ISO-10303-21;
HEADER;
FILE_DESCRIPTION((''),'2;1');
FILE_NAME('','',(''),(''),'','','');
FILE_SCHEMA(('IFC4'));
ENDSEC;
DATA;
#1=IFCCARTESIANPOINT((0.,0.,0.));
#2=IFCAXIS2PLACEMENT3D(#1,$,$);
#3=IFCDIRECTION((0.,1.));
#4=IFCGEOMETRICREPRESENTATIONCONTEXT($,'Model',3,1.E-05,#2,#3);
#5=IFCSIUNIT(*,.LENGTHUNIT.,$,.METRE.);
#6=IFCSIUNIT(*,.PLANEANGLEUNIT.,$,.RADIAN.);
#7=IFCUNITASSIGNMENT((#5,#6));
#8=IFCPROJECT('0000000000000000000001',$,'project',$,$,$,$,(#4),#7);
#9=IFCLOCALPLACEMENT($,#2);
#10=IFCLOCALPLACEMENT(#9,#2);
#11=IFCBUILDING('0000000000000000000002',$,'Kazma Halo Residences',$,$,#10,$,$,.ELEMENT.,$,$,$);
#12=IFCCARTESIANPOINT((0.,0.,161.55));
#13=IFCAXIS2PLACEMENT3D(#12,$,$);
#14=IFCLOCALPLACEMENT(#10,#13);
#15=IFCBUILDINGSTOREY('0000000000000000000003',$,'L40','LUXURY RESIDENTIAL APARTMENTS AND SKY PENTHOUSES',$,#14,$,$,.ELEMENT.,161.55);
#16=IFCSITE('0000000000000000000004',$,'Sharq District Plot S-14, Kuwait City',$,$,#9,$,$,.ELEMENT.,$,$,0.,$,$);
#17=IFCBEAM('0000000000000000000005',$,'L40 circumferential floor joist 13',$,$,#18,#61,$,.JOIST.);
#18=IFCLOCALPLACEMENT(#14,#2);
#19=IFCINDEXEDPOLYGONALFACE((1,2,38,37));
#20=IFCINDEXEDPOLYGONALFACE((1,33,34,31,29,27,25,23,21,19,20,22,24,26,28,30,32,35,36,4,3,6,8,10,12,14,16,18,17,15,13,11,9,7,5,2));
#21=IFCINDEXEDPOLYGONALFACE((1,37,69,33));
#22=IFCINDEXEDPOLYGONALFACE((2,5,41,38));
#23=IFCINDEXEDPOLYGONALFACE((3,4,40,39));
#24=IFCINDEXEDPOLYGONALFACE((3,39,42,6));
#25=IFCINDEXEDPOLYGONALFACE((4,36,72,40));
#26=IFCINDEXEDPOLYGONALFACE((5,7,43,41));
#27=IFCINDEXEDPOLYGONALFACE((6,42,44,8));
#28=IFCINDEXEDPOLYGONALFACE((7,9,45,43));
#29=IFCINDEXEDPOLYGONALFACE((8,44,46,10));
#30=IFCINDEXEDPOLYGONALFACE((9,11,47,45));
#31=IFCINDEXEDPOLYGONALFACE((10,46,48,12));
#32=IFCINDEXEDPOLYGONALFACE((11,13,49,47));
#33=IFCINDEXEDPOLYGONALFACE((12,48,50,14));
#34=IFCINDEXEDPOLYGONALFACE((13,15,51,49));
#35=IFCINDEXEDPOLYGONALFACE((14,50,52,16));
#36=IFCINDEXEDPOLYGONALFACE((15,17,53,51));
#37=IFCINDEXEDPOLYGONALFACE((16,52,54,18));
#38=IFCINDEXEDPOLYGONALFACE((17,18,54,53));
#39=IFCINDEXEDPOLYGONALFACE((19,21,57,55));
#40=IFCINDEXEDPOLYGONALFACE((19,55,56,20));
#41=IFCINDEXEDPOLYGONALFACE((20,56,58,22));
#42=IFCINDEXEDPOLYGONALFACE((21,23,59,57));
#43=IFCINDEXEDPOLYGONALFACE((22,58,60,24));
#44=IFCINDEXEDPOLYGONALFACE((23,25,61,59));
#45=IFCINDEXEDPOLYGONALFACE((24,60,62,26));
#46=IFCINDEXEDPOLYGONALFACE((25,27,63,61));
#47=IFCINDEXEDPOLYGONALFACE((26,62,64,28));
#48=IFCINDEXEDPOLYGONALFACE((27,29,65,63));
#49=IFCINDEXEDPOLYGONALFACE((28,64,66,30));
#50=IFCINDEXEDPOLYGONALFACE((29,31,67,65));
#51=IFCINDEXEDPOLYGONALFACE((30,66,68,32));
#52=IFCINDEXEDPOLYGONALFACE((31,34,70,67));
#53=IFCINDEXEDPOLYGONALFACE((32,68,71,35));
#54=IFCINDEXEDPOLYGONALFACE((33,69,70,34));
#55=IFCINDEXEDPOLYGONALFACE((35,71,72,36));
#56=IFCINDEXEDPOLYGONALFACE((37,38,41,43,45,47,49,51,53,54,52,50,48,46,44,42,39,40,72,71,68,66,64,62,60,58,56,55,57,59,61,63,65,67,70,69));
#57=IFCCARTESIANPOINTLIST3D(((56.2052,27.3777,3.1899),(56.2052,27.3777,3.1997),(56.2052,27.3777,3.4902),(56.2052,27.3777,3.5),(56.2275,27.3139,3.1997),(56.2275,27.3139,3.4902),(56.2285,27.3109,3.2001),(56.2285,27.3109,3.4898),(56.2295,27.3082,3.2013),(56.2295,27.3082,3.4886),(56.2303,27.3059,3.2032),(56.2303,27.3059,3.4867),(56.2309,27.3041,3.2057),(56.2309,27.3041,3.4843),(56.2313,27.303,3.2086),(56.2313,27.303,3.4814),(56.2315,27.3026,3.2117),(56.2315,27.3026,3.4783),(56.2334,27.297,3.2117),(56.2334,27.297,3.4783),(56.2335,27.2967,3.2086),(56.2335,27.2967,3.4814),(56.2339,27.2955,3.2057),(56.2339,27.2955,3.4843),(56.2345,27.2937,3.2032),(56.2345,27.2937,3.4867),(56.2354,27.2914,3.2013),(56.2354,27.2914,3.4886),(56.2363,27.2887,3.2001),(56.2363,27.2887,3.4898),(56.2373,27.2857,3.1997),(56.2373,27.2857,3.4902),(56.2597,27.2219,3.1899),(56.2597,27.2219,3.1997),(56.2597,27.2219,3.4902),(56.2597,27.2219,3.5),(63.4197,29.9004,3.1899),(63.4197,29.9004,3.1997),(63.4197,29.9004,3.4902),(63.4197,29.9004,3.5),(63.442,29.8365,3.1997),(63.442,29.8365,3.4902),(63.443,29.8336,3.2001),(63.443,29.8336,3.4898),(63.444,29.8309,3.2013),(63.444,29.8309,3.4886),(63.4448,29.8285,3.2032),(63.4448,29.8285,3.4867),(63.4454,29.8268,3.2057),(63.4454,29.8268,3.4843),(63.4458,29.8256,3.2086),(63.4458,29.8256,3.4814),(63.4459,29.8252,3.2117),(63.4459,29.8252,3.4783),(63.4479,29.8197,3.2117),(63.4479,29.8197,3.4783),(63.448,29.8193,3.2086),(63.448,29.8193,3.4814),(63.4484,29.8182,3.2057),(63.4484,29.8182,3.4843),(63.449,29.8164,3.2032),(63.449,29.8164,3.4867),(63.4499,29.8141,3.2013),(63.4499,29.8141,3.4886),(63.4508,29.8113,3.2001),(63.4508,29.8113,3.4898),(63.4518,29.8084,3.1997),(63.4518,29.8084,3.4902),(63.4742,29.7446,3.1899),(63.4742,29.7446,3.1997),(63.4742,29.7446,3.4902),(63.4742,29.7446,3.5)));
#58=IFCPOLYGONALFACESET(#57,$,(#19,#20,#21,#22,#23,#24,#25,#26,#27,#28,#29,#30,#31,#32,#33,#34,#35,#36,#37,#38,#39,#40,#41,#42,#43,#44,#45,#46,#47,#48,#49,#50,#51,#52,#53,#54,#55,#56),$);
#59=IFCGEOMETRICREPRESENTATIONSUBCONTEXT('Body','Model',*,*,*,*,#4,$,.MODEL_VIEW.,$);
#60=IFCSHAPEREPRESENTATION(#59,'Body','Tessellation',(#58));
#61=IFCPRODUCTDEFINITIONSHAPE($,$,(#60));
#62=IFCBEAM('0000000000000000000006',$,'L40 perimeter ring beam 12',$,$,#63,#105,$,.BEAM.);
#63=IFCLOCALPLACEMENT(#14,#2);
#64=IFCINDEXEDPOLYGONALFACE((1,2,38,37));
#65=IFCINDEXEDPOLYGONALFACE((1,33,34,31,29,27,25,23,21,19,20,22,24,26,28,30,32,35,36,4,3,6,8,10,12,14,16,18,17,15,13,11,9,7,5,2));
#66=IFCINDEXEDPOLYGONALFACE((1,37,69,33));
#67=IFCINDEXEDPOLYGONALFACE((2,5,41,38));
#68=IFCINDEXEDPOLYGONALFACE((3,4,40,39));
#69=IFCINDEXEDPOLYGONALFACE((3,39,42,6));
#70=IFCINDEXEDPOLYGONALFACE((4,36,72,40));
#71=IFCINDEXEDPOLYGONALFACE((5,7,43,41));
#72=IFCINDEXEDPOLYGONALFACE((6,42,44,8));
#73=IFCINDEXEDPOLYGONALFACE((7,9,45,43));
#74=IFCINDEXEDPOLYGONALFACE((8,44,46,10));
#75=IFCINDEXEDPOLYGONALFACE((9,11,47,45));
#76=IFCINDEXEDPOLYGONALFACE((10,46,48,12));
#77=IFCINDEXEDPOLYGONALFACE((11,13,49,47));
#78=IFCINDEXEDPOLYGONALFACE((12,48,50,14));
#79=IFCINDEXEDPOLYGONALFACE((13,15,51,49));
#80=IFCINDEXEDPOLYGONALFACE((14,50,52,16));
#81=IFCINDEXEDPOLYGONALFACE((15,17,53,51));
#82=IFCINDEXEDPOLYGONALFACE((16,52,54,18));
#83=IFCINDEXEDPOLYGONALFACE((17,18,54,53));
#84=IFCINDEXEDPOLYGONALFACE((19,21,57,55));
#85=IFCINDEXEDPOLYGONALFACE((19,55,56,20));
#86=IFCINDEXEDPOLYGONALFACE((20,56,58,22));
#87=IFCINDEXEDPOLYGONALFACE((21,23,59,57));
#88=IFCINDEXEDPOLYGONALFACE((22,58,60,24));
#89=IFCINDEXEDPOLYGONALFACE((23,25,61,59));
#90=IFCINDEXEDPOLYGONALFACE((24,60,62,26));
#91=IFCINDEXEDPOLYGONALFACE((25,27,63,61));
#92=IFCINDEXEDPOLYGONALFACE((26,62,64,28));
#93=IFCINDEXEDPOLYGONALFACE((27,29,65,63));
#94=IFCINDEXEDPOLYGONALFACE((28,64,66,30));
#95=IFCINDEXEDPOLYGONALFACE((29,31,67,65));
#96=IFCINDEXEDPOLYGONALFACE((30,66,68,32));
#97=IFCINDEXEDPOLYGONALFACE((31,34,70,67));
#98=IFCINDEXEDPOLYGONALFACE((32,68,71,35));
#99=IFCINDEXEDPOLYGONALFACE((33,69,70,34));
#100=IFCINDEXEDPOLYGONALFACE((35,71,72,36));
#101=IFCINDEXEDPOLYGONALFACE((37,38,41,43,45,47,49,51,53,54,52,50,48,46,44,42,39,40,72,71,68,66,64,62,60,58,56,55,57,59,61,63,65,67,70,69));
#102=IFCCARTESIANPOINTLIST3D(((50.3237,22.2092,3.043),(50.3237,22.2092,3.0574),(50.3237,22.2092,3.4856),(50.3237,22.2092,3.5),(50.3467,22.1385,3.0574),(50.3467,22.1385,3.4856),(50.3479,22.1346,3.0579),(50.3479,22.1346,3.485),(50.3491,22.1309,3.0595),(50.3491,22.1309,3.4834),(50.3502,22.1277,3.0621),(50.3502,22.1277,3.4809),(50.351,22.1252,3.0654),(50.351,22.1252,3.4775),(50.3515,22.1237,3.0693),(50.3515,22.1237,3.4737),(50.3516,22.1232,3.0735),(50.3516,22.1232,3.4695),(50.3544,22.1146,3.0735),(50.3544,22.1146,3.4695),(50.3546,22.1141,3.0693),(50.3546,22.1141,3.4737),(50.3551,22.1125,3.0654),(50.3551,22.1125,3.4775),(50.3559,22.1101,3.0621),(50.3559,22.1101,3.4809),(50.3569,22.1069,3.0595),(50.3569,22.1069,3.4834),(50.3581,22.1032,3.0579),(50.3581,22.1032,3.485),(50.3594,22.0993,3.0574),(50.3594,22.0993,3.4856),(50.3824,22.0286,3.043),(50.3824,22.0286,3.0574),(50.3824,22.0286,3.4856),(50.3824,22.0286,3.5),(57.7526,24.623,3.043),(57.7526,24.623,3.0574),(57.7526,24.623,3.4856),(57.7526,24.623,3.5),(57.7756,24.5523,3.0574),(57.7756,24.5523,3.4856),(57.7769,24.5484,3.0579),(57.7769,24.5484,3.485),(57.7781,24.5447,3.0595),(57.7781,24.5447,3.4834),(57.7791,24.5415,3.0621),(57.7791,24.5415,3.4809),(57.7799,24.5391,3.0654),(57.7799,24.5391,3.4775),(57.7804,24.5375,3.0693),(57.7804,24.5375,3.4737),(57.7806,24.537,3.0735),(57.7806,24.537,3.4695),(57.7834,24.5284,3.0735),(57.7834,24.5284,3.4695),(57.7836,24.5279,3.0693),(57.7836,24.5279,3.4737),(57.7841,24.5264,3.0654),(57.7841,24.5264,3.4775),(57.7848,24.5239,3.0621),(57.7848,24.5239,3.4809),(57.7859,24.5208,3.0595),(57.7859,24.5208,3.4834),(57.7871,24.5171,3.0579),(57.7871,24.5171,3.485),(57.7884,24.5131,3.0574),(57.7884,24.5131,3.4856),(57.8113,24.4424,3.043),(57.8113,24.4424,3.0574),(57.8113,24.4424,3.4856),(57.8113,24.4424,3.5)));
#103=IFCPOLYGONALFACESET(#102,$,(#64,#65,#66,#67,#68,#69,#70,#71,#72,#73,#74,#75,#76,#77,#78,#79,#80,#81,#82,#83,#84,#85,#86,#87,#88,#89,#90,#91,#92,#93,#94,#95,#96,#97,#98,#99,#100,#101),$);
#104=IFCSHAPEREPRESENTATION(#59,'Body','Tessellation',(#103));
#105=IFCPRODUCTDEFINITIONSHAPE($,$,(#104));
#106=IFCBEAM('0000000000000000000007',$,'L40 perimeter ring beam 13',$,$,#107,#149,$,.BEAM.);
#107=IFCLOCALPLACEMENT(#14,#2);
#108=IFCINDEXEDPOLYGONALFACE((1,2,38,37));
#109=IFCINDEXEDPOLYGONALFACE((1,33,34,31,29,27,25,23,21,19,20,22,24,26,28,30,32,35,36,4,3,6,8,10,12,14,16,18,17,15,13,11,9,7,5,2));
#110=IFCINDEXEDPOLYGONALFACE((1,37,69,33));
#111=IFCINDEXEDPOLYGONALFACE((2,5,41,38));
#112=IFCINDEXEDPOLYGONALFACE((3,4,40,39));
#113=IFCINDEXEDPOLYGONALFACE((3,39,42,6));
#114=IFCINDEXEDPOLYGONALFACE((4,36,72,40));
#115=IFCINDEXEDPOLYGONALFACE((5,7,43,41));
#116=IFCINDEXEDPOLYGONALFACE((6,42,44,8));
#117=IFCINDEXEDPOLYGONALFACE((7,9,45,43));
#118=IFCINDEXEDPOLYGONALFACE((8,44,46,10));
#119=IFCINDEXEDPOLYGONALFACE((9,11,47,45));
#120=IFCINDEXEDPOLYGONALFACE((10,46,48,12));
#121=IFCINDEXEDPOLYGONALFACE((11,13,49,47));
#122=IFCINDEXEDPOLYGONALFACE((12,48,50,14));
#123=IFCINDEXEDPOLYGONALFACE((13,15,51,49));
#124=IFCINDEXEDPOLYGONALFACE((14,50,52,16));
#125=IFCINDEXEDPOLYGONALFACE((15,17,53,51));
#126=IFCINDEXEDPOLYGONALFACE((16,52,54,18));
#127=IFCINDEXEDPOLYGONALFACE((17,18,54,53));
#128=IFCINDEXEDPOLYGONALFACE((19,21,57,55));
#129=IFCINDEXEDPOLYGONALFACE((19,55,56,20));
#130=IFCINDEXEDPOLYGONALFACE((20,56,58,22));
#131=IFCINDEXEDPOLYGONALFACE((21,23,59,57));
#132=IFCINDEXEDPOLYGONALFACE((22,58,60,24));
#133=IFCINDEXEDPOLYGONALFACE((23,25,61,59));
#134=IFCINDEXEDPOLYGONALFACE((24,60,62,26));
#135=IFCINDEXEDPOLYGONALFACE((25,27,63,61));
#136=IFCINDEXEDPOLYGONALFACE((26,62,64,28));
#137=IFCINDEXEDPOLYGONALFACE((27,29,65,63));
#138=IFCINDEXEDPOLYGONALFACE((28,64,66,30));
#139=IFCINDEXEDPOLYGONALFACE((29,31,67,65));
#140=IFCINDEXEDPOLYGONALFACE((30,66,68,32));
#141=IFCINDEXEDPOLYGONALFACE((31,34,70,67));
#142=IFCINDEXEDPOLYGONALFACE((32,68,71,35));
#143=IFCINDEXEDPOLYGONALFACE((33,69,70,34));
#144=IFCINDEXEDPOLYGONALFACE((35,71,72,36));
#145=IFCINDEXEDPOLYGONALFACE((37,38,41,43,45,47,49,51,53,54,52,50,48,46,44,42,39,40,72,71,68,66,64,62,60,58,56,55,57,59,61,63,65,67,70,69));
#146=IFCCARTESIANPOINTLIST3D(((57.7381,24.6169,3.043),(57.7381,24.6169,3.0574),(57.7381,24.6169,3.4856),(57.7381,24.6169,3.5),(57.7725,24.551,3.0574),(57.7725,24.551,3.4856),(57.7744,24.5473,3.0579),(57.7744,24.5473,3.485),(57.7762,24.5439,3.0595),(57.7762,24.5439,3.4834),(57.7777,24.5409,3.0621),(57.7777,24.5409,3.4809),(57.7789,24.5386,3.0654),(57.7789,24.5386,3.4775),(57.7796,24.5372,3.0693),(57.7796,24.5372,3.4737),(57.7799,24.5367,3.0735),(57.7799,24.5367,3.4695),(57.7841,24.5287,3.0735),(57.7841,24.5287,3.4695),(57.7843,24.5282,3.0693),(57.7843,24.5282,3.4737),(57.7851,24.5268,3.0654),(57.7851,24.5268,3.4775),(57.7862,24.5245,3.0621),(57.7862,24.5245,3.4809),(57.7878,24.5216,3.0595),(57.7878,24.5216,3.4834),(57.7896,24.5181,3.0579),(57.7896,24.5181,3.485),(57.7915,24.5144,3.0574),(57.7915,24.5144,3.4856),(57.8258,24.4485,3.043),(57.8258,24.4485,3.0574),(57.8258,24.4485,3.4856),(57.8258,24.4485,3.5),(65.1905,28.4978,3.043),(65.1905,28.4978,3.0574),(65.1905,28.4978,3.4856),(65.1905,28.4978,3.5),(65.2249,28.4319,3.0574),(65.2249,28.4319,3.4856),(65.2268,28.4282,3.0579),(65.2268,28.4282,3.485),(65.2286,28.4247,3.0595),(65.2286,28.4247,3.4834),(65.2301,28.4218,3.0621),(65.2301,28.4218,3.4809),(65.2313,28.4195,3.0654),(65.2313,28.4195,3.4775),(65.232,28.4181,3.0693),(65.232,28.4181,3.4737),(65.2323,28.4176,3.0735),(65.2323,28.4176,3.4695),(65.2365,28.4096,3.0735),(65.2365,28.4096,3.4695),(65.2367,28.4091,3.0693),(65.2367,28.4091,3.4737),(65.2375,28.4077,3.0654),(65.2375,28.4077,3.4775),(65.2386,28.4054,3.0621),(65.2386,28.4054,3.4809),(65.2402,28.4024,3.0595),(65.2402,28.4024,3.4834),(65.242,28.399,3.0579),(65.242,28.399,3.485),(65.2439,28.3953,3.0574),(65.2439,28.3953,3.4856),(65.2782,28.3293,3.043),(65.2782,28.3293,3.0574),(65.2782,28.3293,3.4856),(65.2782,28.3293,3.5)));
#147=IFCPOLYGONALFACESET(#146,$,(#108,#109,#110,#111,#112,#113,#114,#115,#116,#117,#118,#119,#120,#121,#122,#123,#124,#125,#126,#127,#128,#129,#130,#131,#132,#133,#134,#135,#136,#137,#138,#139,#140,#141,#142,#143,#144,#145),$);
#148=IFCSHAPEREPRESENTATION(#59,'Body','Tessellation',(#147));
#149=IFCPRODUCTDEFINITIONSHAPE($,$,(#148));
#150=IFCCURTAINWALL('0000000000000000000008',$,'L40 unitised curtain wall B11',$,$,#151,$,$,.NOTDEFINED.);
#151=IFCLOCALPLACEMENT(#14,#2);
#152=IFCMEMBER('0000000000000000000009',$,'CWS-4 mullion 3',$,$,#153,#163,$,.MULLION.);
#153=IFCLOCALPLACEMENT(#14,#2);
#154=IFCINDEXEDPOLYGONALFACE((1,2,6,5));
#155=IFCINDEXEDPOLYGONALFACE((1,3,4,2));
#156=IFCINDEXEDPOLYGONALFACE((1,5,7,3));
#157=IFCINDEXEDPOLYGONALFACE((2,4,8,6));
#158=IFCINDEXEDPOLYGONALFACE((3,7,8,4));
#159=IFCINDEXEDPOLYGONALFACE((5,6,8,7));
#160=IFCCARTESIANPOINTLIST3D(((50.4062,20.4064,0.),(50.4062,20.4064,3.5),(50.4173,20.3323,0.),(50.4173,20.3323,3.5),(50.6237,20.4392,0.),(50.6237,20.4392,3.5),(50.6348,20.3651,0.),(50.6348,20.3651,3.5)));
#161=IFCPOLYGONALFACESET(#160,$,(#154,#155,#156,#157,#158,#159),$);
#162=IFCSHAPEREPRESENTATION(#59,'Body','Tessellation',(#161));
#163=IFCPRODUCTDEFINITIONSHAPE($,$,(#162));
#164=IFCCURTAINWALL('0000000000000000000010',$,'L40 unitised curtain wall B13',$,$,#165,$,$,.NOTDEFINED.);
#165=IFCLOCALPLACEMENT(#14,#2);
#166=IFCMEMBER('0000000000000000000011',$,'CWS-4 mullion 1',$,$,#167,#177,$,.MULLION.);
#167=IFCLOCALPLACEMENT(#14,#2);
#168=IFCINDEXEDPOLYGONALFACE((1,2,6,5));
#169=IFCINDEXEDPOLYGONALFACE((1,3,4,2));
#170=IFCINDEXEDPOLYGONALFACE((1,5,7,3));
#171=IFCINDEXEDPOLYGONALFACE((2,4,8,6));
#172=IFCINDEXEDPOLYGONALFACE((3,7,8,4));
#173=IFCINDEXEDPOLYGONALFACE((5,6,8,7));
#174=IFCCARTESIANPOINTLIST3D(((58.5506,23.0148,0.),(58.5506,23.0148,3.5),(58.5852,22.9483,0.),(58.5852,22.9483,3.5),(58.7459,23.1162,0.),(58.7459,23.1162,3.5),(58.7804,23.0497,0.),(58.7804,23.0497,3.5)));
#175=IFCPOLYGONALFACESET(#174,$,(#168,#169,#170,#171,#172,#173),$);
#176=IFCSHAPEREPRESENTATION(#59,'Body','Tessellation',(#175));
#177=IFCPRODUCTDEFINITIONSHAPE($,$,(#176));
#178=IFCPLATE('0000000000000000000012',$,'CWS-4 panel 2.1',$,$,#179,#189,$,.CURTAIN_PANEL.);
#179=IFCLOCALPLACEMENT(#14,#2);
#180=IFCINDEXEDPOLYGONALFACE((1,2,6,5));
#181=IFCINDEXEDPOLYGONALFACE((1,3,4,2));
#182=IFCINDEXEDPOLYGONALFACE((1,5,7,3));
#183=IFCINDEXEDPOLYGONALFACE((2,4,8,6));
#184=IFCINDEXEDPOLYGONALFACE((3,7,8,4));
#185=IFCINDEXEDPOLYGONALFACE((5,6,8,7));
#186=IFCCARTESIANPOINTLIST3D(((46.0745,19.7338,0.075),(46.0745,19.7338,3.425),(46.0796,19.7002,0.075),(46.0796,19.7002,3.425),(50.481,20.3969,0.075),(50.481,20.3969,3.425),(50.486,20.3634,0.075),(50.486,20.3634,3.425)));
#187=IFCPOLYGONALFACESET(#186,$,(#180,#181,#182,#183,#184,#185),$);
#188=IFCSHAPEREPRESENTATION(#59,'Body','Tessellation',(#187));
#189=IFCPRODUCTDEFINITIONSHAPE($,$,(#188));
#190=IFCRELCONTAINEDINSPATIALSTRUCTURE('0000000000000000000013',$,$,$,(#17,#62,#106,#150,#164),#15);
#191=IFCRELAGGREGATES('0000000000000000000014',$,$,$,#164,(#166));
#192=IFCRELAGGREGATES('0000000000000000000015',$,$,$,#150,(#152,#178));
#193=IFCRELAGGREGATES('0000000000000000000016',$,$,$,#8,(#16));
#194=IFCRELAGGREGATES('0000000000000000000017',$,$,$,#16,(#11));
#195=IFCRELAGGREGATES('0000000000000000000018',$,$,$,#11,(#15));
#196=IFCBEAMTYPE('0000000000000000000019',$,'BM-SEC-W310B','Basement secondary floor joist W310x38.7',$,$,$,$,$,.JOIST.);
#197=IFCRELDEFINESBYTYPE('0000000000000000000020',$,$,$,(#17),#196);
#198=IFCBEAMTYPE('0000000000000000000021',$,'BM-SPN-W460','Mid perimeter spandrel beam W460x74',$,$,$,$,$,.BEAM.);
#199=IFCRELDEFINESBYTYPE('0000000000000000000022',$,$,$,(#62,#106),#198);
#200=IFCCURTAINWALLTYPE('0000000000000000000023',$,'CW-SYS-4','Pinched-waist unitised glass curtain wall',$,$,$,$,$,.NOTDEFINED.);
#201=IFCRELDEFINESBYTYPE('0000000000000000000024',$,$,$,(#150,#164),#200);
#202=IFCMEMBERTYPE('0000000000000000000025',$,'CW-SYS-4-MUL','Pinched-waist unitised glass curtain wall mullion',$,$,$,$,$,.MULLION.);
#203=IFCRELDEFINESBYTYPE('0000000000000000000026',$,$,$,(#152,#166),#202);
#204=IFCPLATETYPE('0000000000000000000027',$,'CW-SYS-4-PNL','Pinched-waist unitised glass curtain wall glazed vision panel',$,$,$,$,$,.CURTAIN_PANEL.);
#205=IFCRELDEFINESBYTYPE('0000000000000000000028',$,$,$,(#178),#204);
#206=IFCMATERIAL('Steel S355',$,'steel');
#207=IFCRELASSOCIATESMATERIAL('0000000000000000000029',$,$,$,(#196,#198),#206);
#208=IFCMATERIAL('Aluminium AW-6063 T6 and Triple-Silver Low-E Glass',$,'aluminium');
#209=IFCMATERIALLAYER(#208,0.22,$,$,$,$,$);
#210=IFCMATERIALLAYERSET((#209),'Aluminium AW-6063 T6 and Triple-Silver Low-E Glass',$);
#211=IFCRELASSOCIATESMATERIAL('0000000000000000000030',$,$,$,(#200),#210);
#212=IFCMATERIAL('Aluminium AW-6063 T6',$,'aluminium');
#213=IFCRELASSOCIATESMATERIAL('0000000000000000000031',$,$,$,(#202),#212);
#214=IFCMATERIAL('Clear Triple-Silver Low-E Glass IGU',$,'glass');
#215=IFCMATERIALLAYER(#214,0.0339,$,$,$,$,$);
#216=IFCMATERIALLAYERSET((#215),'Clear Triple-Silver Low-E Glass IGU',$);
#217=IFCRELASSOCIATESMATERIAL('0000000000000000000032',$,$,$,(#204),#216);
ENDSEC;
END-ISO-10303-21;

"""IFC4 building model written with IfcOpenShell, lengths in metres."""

from ifc_helpers import new_model, si_unit, direction, frame, origin, origin_2d, place, context, subcontext, project, spatial, rectangle, i_section, extrude, material, layer, layer_set, material_profile, profile_set, type_object, element, aggregate, save


model = new_model("IFC4")

# Units and contexts
model_context = context("Model", 3, precision=1e-05, world=origin(), true_north=direction((0.0, 1.0)))
body_context = subcontext(model_context, "Body", "Model", "MODEL_VIEW")
ifc_project = project(units=[si_unit("LENGTHUNIT", "METRE"), si_unit("PLANEANGLEUNIT", "RADIAN")], contexts=[model_context])

# Site, building, storey
site_placement = place(None, origin())
site = spatial("IfcSite", under=ifc_project, at=site_placement, Name="Sharq District Plot S-14, Kuwait City", CompositionType="ELEMENT", RefElevation=0.0)
building_placement = place(site_placement, origin())
building = spatial("IfcBuilding", under=site, at=building_placement, Name="Kazma Halo Residences", CompositionType="ELEMENT")
storey_placement = place(building_placement, frame((0.0, 0.0, 161.55)))
storey = spatial("IfcBuildingStorey", under=building, at=storey_placement, Name="L40", Description="LUXURY RESIDENTIAL APARTMENTS AND SKY PENTHOUSES", CompositionType="ELEMENT", Elevation=161.55)

# Beams
ifc_material_1 = material(Name="Steel S355", Category="steel")
ifc_material_profile_1 = material_profile(ifc_material_1, i_section(OverallWidth=0.165, OverallDepth=0.3101, WebThickness=0.0059, FlangeThickness=0.0098, FilletRadius=0.012, at=origin_2d()), Name="W310x38.7")
ifc_profile_set_1 = profile_set([ifc_material_profile_1], Name="Steel S355")
beam_type_1 = type_object("IfcBeamType", Name="BM-SEC-W310B", Description="Basement secondary floor joist W310x38.7", PredefinedType="JOIST", material=ifc_profile_set_1)
beam_1_placement = place(storey_placement, frame((56.2324, 27.2998, 3.345), z_axis=(0.943956, 0.33007, 0.0), x_axis=(-0.33007, 0.943956, 0.0)))
element("IfcBeam", 1, at=beam_1_placement, inside=storey, type_object=beam_type_1, Name="L40 circumferential floor joist 13", PredefinedType="JOIST", context=body_context, shape_type="SweptSolid", body=[
    extrude(i_section(OverallWidth=0.165, OverallDepth=0.3101, WebThickness=0.0059, FlangeThickness=0.0098, FilletRadius=0.012, at=origin_2d()), origin(), (0.0, 0.0, 1.0), 7.6428),
])
ifc_material_profile_2 = material_profile(ifc_material_1, i_section(OverallWidth=0.1899, OverallDepth=0.457, WebThickness=0.009, FlangeThickness=0.0144, FilletRadius=0.0161, at=origin_2d()), Name="W460x74")
ifc_profile_set_2 = profile_set([ifc_material_profile_2], Name="Steel S355")
beam_type_2 = type_object("IfcBeamType", Name="BM-SPN-W460", Description="Mid perimeter spandrel beam W460x74", PredefinedType="BEAM", material=ifc_profile_set_2)
beam_2_placement = place(storey_placement, frame((50.353, 22.1189, 3.2715), z_axis=(0.951056, 0.309018, 0.0), x_axis=(-0.309018, 0.951056, 0.0)))
element("IfcBeam", 2, at=beam_2_placement, inside=storey, type_object=beam_type_2, Name="L40 perimeter ring beam 12", PredefinedType="BEAM", context=body_context, shape_type="SweptSolid", body=[
    extrude(i_section(OverallWidth=0.1899, OverallDepth=0.457, WebThickness=0.009, FlangeThickness=0.0144, FilletRadius=0.0161, at=origin_2d()), origin(), (0.0, 0.0, 1.0), 7.8113),
])
beam_3_placement = place(storey_placement, frame((57.782, 24.5327, 3.2715), z_axis=(0.886943, 0.461879, 0.0), x_axis=(-0.461879, 0.886943, 0.0)))
element("IfcBeam", 3, at=beam_3_placement, inside=storey, type_object=beam_type_2, Name="L40 perimeter ring beam 13", PredefinedType="BEAM", context=body_context, shape_type="SweptSolid", body=[
    extrude(i_section(OverallWidth=0.1899, OverallDepth=0.457, WebThickness=0.009, FlangeThickness=0.0144, FilletRadius=0.0161, at=origin_2d()), origin(), (0.0, 0.0, 1.0), 8.4023),
])

# Curtain walls, members
ifc_material_2 = material(Name="Aluminium AW-6063 T6 and Triple-Silver Low-E Glass", Category="aluminium")
ifc_layer_1 = layer(ifc_material_2, 0.22)
ifc_layer_set_1 = layer_set([ifc_layer_1], Name="Aluminium AW-6063 T6 and Triple-Silver Low-E Glass")
curtain_wall_type = type_object("IfcCurtainWallType", Name="CW-SYS-4", Description="Pinched-waist unitised glass curtain wall", PredefinedType="NOTDEFINED", material=ifc_layer_set_1)
curtain_wall_1_placement = place(storey_placement, origin())
curtain_wall_1 = element("IfcCurtainWall", 4, at=curtain_wall_1_placement, inside=storey, type_object=curtain_wall_type, Name="L40 unitised curtain wall B11", PredefinedType="NOTDEFINED")
ifc_material_3 = material(Name="Aluminium AW-6063 T6", Category="aluminium")
ifc_material_profile_3 = material_profile(ifc_material_3, rectangle(XDim=0.075, YDim=0.22, at=origin_2d()), Name="CWM-75x220")
ifc_profile_set_3 = profile_set([ifc_material_profile_3], Name="Aluminium AW-6063 T6")
member_type = type_object("IfcMemberType", Name="CW-SYS-4-MUL", Description="Pinched-waist unitised glass curtain wall mullion", PredefinedType="MULLION", material=ifc_profile_set_3)
member_1_placement = place(storey_placement, frame((50.5205, 20.3857, 0.0), z_axis=(0.0, 0.0, 1.0), x_axis=(-0.148821, 0.988864, 0.0)))
member_1 = element("IfcMember", 5, at=member_1_placement, type_object=member_type, Name="CWS-4 mullion 3", PredefinedType="MULLION", context=body_context, shape_type="SweptSolid", body=[
    extrude(rectangle(XDim=0.075, YDim=0.22, at=origin_2d()), origin(), (0.0, 0.0, 1.0), 3.5),
])
curtain_wall_2_placement = place(storey_placement, origin())
curtain_wall_2 = element("IfcCurtainWall", 6, at=curtain_wall_2_placement, inside=storey, type_object=curtain_wall_type, Name="L40 unitised curtain wall B13", PredefinedType="NOTDEFINED")
member_2_placement = place(storey_placement, frame((58.6655, 23.0322, 0.0), z_axis=(0.0, 0.0, 1.0), x_axis=(-0.460837, 0.887485, 0.0)))
member_2 = element("IfcMember", 7, at=member_2_placement, type_object=member_type, Name="CWS-4 mullion 1", PredefinedType="MULLION", context=body_context, shape_type="SweptSolid", body=[
    extrude(rectangle(XDim=0.075, YDim=0.22, at=origin_2d()), origin(), (0.0, 0.0, 1.0), 3.5),
])
aggregate(curtain_wall_2, [member_2])

# Plate
ifc_material_4 = material(Name="Clear Triple-Silver Low-E Glass IGU", Category="glass")
ifc_layer_2 = layer(ifc_material_4, 0.0339)
ifc_layer_set_2 = layer_set([ifc_layer_2], Name="Clear Triple-Silver Low-E Glass IGU")
plate_type = type_object("IfcPlateType", Name="CW-SYS-4-PNL", Description="Pinched-waist unitised glass curtain wall glazed vision panel", PredefinedType="CURTAIN_PANEL", material=ifc_layer_set_2)
plate_placement = place(storey_placement, frame((48.2803, 20.0486, 0.075), z_axis=(0.0, 0.0, 1.0), x_axis=(0.988864, 0.148821, 0.0)))
plate = element("IfcPlate", 8, at=plate_placement, type_object=plate_type, Name="CWS-4 panel 2.1", PredefinedType="CURTAIN_PANEL", context=body_context, shape_type="SweptSolid", body=[
    extrude(rectangle(XDim=4.4561, YDim=0.0339, at=origin_2d()), origin(), (0.0, 0.0, 1.0), 3.3501),
])
aggregate(curtain_wall_1, [member_1, plate])

save(model, "model.ifc")
